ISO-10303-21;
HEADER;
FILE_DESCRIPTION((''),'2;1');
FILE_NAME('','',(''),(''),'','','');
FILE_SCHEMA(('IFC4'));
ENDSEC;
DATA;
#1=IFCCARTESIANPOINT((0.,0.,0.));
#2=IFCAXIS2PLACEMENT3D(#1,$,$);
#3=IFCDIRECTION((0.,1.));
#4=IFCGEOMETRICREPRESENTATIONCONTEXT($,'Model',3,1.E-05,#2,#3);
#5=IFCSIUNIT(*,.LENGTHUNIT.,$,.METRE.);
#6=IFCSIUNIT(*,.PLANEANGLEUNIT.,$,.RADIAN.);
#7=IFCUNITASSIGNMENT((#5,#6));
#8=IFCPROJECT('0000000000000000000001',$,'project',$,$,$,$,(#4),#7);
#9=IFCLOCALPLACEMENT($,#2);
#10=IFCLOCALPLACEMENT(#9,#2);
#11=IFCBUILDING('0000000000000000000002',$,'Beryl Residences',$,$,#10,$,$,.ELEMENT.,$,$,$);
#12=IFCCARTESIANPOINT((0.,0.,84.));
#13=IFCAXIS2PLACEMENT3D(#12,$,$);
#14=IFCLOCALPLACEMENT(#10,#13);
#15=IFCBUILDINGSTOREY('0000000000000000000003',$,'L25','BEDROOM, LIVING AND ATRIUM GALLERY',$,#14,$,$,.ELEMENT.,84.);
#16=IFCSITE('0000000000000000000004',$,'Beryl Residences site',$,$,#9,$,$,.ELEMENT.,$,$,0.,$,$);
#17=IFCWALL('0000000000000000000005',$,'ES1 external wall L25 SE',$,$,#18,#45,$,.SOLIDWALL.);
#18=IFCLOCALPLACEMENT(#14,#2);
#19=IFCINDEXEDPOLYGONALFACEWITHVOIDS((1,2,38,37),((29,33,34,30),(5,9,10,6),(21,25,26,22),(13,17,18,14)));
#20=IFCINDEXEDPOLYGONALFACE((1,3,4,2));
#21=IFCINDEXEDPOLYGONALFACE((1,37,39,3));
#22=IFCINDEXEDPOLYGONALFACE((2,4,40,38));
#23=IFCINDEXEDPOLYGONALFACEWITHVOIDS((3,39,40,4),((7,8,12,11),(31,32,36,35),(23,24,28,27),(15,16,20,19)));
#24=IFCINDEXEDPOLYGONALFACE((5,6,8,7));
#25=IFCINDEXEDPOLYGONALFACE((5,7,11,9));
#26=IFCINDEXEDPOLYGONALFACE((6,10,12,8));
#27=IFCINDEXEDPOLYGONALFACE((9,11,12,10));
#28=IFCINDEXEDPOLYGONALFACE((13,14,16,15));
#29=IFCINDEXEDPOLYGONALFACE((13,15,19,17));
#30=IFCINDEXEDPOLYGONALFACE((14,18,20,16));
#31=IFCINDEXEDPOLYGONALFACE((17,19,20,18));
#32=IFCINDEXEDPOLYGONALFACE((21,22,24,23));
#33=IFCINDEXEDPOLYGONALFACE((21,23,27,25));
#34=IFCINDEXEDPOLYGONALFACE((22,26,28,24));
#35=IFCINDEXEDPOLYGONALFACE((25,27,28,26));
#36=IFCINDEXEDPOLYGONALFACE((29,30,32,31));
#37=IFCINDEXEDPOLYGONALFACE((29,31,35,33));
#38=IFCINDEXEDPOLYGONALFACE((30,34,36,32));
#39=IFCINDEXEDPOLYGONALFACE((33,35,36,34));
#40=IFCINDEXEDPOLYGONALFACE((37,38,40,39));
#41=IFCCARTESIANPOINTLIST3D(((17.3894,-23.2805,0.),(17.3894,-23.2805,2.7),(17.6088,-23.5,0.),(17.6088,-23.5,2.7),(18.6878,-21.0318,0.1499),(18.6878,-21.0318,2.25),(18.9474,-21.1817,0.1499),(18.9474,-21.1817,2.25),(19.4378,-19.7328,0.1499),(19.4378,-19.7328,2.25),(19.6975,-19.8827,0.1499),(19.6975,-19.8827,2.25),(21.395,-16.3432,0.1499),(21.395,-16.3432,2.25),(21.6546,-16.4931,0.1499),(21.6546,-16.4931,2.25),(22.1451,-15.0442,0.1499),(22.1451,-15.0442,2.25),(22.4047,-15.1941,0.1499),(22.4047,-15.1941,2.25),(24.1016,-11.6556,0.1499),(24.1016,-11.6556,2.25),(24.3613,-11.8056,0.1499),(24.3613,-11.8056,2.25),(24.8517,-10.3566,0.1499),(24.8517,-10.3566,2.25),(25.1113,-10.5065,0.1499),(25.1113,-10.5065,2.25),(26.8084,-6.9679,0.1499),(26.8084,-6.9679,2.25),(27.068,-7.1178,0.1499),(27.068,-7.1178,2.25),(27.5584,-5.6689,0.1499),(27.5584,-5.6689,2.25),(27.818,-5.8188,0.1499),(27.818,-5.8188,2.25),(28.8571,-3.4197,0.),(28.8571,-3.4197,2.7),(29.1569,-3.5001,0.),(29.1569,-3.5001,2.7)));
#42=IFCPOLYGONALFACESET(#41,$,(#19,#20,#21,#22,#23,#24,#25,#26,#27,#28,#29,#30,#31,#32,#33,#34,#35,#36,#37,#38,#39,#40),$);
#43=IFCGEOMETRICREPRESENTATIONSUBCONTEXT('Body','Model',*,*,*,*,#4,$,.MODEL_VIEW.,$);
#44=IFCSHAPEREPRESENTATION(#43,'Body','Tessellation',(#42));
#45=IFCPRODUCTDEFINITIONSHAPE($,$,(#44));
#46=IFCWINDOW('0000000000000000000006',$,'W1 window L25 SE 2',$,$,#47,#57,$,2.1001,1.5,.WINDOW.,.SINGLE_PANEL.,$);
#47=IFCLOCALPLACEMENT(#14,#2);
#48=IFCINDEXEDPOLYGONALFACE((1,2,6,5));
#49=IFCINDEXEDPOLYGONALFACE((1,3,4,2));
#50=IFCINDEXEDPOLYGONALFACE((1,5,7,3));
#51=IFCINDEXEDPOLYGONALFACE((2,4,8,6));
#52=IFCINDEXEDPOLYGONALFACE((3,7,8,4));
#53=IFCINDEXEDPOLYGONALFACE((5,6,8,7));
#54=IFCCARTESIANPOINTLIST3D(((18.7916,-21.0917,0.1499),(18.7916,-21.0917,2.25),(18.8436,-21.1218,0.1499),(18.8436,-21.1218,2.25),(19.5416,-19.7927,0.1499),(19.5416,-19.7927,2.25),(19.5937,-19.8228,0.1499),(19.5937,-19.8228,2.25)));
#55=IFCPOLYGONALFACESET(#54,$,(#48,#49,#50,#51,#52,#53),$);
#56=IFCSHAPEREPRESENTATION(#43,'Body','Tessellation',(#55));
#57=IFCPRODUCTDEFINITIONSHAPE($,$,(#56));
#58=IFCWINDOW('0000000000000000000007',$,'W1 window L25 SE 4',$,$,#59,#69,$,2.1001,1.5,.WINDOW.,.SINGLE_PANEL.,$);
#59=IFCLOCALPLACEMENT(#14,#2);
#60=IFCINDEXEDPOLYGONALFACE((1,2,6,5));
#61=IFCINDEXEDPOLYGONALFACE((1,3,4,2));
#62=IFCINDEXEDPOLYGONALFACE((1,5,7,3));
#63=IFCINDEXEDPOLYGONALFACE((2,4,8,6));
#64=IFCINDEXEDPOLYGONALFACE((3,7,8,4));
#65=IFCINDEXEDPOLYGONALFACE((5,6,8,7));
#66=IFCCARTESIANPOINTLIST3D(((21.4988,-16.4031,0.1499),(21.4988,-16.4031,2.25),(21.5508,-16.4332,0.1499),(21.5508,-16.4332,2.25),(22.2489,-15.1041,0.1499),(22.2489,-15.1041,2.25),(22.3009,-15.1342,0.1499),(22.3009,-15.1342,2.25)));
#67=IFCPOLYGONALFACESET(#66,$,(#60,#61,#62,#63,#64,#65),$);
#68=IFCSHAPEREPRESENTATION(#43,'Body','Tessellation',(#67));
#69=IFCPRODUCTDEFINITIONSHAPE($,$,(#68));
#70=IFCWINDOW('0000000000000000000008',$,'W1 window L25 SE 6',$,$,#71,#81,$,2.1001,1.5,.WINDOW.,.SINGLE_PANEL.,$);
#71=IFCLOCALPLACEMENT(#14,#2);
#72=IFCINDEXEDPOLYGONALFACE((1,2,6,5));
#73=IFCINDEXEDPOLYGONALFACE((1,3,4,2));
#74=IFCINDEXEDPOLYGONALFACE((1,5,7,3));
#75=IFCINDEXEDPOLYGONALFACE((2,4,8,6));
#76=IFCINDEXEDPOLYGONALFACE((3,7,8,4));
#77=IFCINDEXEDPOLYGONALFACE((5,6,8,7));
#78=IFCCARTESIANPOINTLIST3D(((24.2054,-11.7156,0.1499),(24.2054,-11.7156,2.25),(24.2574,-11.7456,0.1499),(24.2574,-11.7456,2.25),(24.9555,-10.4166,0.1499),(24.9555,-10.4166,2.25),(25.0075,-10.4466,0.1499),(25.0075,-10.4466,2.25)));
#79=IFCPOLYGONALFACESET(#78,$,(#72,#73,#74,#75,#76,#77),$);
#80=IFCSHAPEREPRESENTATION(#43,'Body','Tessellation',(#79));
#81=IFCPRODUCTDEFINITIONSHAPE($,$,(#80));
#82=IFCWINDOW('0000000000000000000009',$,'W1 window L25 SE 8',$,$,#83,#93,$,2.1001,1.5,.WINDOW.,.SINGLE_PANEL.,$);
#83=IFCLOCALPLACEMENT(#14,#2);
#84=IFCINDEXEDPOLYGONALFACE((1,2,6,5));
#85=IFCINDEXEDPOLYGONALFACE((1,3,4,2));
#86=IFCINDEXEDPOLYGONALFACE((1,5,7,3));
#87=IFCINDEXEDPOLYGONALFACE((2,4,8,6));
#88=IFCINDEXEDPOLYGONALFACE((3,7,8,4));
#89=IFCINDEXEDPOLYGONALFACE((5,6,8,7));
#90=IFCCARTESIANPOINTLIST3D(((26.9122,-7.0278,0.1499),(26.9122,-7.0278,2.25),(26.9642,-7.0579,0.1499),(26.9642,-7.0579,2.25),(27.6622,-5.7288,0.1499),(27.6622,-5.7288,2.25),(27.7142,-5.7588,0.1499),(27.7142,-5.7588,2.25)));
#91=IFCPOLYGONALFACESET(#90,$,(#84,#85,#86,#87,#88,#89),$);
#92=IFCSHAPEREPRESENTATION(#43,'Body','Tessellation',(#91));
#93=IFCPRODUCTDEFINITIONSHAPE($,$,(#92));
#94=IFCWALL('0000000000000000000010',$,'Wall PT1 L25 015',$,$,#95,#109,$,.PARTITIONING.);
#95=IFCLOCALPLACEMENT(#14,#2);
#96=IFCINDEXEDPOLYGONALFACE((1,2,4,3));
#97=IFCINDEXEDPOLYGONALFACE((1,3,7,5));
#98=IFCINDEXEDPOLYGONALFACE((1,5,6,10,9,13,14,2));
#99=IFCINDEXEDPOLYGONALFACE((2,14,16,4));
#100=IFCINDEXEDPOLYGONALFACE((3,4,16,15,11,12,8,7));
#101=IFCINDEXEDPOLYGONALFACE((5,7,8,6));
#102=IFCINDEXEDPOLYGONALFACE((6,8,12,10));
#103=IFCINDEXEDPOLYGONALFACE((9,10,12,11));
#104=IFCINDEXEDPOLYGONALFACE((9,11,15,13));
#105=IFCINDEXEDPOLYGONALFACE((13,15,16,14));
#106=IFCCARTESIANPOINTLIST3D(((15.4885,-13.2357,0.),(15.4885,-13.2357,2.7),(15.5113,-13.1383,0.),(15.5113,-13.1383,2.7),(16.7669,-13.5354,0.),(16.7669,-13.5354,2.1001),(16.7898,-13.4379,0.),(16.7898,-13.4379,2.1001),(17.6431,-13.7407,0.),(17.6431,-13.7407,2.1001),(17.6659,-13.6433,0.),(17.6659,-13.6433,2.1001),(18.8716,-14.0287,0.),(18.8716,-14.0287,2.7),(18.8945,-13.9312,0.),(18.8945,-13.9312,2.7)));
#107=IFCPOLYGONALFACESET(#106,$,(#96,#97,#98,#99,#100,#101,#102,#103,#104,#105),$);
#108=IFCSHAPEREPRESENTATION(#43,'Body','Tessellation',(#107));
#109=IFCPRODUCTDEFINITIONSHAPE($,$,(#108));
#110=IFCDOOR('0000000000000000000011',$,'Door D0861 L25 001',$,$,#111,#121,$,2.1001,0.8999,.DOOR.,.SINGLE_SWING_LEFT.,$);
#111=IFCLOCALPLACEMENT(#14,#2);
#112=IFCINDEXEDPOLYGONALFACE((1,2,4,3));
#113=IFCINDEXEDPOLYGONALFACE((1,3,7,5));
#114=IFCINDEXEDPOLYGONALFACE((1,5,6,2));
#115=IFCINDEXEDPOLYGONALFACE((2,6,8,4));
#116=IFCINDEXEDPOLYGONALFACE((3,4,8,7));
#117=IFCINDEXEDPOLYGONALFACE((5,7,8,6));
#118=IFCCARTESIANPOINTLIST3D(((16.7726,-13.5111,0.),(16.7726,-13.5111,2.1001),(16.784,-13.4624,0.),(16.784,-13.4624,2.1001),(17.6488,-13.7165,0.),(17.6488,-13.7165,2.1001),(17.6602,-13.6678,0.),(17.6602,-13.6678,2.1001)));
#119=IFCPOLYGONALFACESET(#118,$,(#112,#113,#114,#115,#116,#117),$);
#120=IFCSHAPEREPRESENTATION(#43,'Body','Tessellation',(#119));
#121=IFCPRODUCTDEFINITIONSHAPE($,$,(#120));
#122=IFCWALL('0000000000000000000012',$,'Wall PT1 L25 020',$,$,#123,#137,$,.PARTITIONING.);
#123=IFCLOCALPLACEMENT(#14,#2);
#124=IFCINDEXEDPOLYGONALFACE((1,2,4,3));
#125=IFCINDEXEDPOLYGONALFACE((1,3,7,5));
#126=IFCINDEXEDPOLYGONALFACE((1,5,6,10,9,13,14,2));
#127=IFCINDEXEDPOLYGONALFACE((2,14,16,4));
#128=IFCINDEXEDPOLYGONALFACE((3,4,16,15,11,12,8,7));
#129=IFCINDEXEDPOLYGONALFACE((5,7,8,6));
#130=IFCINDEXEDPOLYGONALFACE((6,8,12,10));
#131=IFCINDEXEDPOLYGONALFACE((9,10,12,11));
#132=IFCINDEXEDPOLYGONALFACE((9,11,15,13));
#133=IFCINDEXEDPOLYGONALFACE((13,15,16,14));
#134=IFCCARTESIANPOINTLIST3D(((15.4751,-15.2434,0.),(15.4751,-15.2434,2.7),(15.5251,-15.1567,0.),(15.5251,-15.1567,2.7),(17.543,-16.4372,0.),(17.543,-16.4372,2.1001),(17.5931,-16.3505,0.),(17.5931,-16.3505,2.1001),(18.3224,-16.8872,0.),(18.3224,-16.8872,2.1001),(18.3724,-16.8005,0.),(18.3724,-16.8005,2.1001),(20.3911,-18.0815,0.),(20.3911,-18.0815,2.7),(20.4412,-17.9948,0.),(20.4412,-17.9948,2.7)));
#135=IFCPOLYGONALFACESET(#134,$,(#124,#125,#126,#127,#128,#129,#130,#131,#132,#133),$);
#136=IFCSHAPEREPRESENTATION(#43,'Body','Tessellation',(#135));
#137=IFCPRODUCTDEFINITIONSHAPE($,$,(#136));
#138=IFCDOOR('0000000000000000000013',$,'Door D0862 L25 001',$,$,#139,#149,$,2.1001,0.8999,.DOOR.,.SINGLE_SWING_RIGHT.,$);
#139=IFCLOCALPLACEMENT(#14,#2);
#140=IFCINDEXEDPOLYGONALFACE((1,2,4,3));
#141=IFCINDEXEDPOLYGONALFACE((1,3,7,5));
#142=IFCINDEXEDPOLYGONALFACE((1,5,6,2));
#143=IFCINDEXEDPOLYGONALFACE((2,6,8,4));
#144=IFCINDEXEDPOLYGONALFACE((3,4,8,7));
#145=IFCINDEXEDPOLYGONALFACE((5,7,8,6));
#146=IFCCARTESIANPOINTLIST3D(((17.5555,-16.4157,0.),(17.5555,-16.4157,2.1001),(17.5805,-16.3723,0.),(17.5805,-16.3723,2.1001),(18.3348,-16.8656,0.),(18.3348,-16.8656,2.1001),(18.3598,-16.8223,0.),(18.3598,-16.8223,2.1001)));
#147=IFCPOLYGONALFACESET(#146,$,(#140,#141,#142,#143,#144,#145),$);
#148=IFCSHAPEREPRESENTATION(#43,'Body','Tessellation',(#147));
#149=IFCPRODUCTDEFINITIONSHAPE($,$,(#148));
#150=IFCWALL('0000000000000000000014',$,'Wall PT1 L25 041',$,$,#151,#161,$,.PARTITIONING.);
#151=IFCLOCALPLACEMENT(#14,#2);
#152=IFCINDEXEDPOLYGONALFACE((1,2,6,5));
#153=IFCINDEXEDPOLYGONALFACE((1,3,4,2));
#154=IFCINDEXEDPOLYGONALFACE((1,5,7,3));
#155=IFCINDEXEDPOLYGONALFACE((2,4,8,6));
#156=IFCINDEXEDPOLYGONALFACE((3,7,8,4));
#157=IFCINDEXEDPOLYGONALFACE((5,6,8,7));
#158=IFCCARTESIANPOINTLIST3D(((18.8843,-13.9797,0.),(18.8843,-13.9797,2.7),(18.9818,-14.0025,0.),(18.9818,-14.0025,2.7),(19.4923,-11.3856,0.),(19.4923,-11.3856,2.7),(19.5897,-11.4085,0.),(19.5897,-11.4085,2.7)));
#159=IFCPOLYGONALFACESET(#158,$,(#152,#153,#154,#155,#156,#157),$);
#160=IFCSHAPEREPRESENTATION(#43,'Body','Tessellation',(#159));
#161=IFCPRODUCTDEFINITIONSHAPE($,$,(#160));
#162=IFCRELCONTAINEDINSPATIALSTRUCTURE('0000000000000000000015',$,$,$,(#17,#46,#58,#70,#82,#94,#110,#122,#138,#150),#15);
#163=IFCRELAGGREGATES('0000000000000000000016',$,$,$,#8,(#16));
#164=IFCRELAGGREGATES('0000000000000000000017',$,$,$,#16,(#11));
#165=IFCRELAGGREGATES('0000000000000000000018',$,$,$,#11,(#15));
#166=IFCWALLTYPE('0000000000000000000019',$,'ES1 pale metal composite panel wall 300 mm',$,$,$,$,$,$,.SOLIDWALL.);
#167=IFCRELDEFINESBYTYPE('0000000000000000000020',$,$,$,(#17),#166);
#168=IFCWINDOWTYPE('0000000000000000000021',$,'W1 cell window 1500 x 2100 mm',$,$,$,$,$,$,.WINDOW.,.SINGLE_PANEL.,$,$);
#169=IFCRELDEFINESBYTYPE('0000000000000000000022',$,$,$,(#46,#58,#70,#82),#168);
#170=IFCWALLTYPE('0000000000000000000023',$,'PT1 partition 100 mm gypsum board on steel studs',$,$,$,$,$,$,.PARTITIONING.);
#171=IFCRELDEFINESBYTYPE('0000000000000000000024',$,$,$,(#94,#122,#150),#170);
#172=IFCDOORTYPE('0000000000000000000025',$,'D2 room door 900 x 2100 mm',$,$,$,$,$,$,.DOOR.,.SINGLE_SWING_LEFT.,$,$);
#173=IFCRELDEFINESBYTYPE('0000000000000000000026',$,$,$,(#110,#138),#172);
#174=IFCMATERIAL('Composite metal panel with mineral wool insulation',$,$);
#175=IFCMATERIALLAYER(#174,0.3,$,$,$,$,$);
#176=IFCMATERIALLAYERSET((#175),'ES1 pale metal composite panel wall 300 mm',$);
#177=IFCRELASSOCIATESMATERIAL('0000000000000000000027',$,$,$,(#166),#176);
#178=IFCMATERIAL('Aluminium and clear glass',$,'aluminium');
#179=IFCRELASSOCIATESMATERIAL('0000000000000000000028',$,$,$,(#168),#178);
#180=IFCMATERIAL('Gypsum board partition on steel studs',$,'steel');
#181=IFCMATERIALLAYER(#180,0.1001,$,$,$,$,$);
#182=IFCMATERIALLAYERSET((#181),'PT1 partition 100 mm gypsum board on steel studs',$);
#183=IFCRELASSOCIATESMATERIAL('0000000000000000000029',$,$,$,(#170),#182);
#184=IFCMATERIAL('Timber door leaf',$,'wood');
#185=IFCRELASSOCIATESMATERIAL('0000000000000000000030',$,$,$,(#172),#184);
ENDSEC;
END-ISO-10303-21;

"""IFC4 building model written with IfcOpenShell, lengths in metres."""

from ifc_helpers import new_model, si_unit, direction, frame, frame_2d, origin, place, context, subcontext, project, spatial, polyline, rectangle, outline, extrude, material, layer, layer_set, type_object, element, fill, save


model = new_model("IFC4")

# Units and contexts
model_context = context("Model", 3, precision=1e-05, world=origin(), true_north=direction((0.0, 1.0)))
body_context = subcontext(model_context, "Body", "Model", "MODEL_VIEW")
ifc_project = project(units=[si_unit("LENGTHUNIT", "METRE"), si_unit("PLANEANGLEUNIT", "RADIAN")], contexts=[model_context])

# Site, building, storey
site_placement = place(None, origin())
site = spatial("IfcSite", under=ifc_project, at=site_placement, Name="Beryl Residences site", CompositionType="ELEMENT", RefElevation=0.0)
building_placement = place(site_placement, origin())
building = spatial("IfcBuilding", under=site, at=building_placement, Name="Beryl Residences", CompositionType="ELEMENT")
storey_placement = place(building_placement, frame((0.0, 0.0, 84.0)))
storey = spatial("IfcBuildingStorey", under=building, at=storey_placement, Name="L25", Description="BEDROOM, LIVING AND ATRIUM GALLERY", CompositionType="ELEMENT", Elevation=84.0)

# Shared definitions
ifc_material_1 = material(Name="Composite metal panel with mineral wool insulation")
ifc_layer_1 = layer(ifc_material_1, 0.3)
ifc_layer_set_1 = layer_set([ifc_layer_1], Name="ES1 pale metal composite panel wall 300 mm")
wall_type_1 = type_object("IfcWallType", Name="ES1 pale metal composite panel wall 300 mm", PredefinedType="SOLIDWALL", material=ifc_layer_set_1)

# Wall, openings, windows
wall_1_placement = place(storey_placement, frame((17.479, -23.425, 0.0), z_axis=(0.0, 0.0, 1.0), x_axis=(0.500035, 0.866005, 0.0)))
wall_1 = element("IfcWall", 1, at=wall_1_placement, inside=storey, type_object=wall_type_1, Name="ES1 external wall L25 SE", PredefinedType="SOLIDWALL", context=body_context, shape_type="SweptSolid", body=[
    extrude(outline(polyline([(0.0, -0.1499), (23.0945, -0.1499), (23.0142, 0.1499), (0.0803, 0.1499), (0.0, -0.1499)])), origin(), (0.0, 0.0, 1.0), 2.7),
])
opening_1_placement = place(wall_1_placement, frame((2.677, 0.0, 0.1499)))
opening_1 = element("IfcOpeningElement", 2, at=opening_1_placement, cuts=wall_1, PredefinedType="OPENING", context=body_context, shape_type="SweptSolid", body=[
    extrude(rectangle(XDim=1.5, YDim=2.1001, at=frame_2d((0.75, 1.05))), frame((0.0, 0.1599, 0.0), z_axis=(0.0, -1.0, 0.0), x_axis=(1.0, 0.0, 0.0)), (0.0, 0.0, 1.0), 0.3201),
])
opening_2_placement = place(wall_1_placement, frame((8.0911, 0.0, 0.1499)))
opening_2 = element("IfcOpeningElement", 3, at=opening_2_placement, cuts=wall_1, PredefinedType="OPENING", context=body_context, shape_type="SweptSolid", body=[
    extrude(rectangle(XDim=1.5, YDim=2.1001, at=frame_2d((0.75, 1.05))), frame((0.0, 0.1599, 0.0), z_axis=(0.0, -1.0, 0.0), x_axis=(1.0, 0.0, 0.0)), (0.0, 0.0, 1.0), 0.3201),
])
opening_3_placement = place(wall_1_placement, frame((13.5039, 0.0, 0.1499)))
opening_3 = element("IfcOpeningElement", 4, at=opening_3_placement, cuts=wall_1, PredefinedType="OPENING", context=body_context, shape_type="SweptSolid", body=[
    extrude(rectangle(XDim=1.5, YDim=2.1001, at=frame_2d((0.75, 1.05))), frame((0.0, 0.1599, 0.0), z_axis=(0.0, -1.0, 0.0), x_axis=(1.0, 0.0, 0.0)), (0.0, 0.0, 1.0), 0.3201),
])
opening_4_placement = place(wall_1_placement, frame((18.917, 0.0, 0.1499)))
opening_4 = element("IfcOpeningElement", 5, at=opening_4_placement, cuts=wall_1, PredefinedType="OPENING", context=body_context, shape_type="SweptSolid", body=[
    extrude(rectangle(XDim=1.5, YDim=2.1001, at=frame_2d((0.75, 1.05))), frame((0.0, 0.1599, 0.0), z_axis=(0.0, -1.0, 0.0), x_axis=(1.0, 0.0, 0.0)), (0.0, 0.0, 1.0), 0.3201),
])
ifc_material_2 = material(Name="Aluminium and clear glass", Category="aluminium")
window_type_1 = type_object("IfcWindowType", Name="W1 cell window 1500 x 2100 mm", PartitioningType="SINGLE_PANEL", PredefinedType="WINDOW", material=ifc_material_2)
window_1_placement = place(opening_1_placement, origin())
window_1 = element("IfcWindow", 6, at=window_1_placement, inside=storey, type_object=window_type_1, Name="W1 window L25 SE 2", OverallHeight=2.1001, OverallWidth=1.5, PartitioningType="SINGLE_PANEL", PredefinedType="WINDOW", context=body_context, shape_type="SweptSolid", body=[
    extrude(rectangle(XDim=1.5, YDim=2.1001, at=frame_2d((0.75, 1.05))), frame((0.0, 0.03, 0.0), z_axis=(0.0, -1.0, 0.0), x_axis=(1.0, 0.0, 0.0)), (0.0, 0.0, 1.0), 0.0601),
])
fill(opening_1, window_1)
window_2_placement = place(opening_2_placement, origin())
window_2 = element("IfcWindow", 7, at=window_2_placement, inside=storey, type_object=window_type_1, Name="W1 window L25 SE 4", OverallHeight=2.1001, OverallWidth=1.5, PartitioningType="SINGLE_PANEL", PredefinedType="WINDOW", context=body_context, shape_type="SweptSolid", body=[
    extrude(rectangle(XDim=1.5, YDim=2.1001, at=frame_2d((0.75, 1.05))), frame((0.0, 0.03, 0.0), z_axis=(0.0, -1.0, 0.0), x_axis=(1.0, 0.0, 0.0)), (0.0, 0.0, 1.0), 0.0601),
])
fill(opening_2, window_2)
window_3_placement = place(opening_3_placement, origin())
window_3 = element("IfcWindow", 8, at=window_3_placement, inside=storey, type_object=window_type_1, Name="W1 window L25 SE 6", OverallHeight=2.1001, OverallWidth=1.5, PartitioningType="SINGLE_PANEL", PredefinedType="WINDOW", context=body_context, shape_type="SweptSolid", body=[
    extrude(rectangle(XDim=1.5, YDim=2.1001, at=frame_2d((0.75, 1.05))), frame((0.0, 0.03, 0.0), z_axis=(0.0, -1.0, 0.0), x_axis=(1.0, 0.0, 0.0)), (0.0, 0.0, 1.0), 0.0601),
])
fill(opening_3, window_3)
window_4_placement = place(opening_4_placement, origin())
window_4 = element("IfcWindow", 9, at=window_4_placement, inside=storey, type_object=window_type_1, Name="W1 window L25 SE 8", OverallHeight=2.1001, OverallWidth=1.5, PartitioningType="SINGLE_PANEL", PredefinedType="WINDOW", context=body_context, shape_type="SweptSolid", body=[
    extrude(rectangle(XDim=1.5, YDim=2.1001, at=frame_2d((0.75, 1.05))), frame((0.0, 0.03, 0.0), z_axis=(0.0, -1.0, 0.0), x_axis=(1.0, 0.0, 0.0)), (0.0, 0.0, 1.0), 0.0601),
])
fill(opening_4, window_4)

# Walls, openings, doors
ifc_material_3 = material(Name="Gypsum board partition on steel studs", Category="steel")
ifc_layer_2 = layer(ifc_material_3, 0.1001)
ifc_layer_set_2 = layer_set([ifc_layer_2], Name="PT1 partition 100 mm gypsum board on steel studs")
wall_type_2 = type_object("IfcWallType", Name="PT1 partition 100 mm gypsum board on steel studs", PredefinedType="PARTITIONING", material=ifc_layer_set_2)
wall_2_placement = place(storey_placement, frame((15.5, -13.187, 0.0), z_axis=(0.0, 0.0, 1.0), x_axis=(0.973612, -0.228209, 0.0)))
wall_2 = element("IfcWall", 10, at=wall_2_placement, inside=storey, type_object=wall_type_2, Name="Wall PT1 L25 015", PredefinedType="PARTITIONING", context=body_context, shape_type="SweptSolid", body=[
    extrude(rectangle(XDim=3.4749, YDim=0.1001, at=frame_2d((1.7373, 0.0))), origin(), (0.0, 0.0, 1.0), 2.7),
])
opening_5_placement = place(wall_2_placement, frame((1.313, 0.0, 0.0)))
opening_5 = element("IfcOpeningElement", 11, at=opening_5_placement, cuts=wall_2, PredefinedType="OPENING", context=body_context, shape_type="SweptSolid", body=[
    extrude(rectangle(XDim=0.8999, YDim=2.1001, at=frame_2d((0.45, 1.05))), frame((0.0, 0.0601, 0.0), z_axis=(0.0, -1.0, 0.0), x_axis=(1.0, 0.0, 0.0)), (0.0, 0.0, 1.0), 0.1201),
])
ifc_material_4 = material(Name="Timber door leaf", Category="wood")
door_type_1 = type_object("IfcDoorType", Name="D2 room door 900 x 2100 mm", OperationType="SINGLE_SWING_LEFT", PredefinedType="DOOR", material=ifc_material_4)
door_1_placement = place(opening_5_placement, origin())
door_1 = element("IfcDoor", 12, at=door_1_placement, inside=storey, type_object=door_type_1, Name="Door D0861 L25 001", OperationType="SINGLE_SWING_LEFT", OverallHeight=2.1001, OverallWidth=0.8999, PredefinedType="DOOR", context=body_context, shape_type="SweptSolid", body=[
    extrude(rectangle(XDim=0.8999, YDim=2.1001, at=frame_2d((0.45, 1.05))), frame((0.0, 0.0249, 0.0), z_axis=(0.0, -1.0, 0.0), x_axis=(1.0, 0.0, 0.0)), (0.0, 0.0, 1.0), 0.05),
])
fill(opening_5, door_1)
wall_3_placement = place(storey_placement, frame((15.5, -15.2, 0.0), z_axis=(0.0, 0.0, 1.0), x_axis=(0.866035, -0.499983, 0.0)))
wall_3 = element("IfcWall", 13, at=wall_3_placement, inside=storey, type_object=wall_type_2, Name="Wall PT1 L25 020", PredefinedType="PARTITIONING", context=body_context, shape_type="SweptSolid", body=[
    extrude(rectangle(XDim=5.6765, YDim=0.1001, at=frame_2d((2.8384, 0.0))), origin(), (0.0, 0.0, 1.0), 2.7),
])
opening_6_placement = place(wall_3_placement, frame((2.3879, 0.0, 0.0)))
opening_6 = element("IfcOpeningElement", 14, at=opening_6_placement, cuts=wall_3, PredefinedType="OPENING", context=body_context, shape_type="SweptSolid", body=[
    extrude(rectangle(XDim=0.8999, YDim=2.1001, at=frame_2d((0.45, 1.05))), frame((0.0, 0.0601, 0.0), z_axis=(0.0, -1.0, 0.0), x_axis=(1.0, 0.0, 0.0)), (0.0, 0.0, 1.0), 0.1201),
])
door_2_placement = place(opening_6_placement, origin())
door_2 = element("IfcDoor", 15, at=door_2_placement, inside=storey, type_object=door_type_1, Name="Door D0862 L25 001", OperationType="SINGLE_SWING_RIGHT", OverallHeight=2.1001, OverallWidth=0.8999, PredefinedType="DOOR", context=body_context, shape_type="SweptSolid", body=[
    extrude(rectangle(XDim=0.8999, YDim=2.1001, at=frame_2d((0.45, 1.05))), frame((0.0, 0.0249, 0.0), z_axis=(0.0, -1.0, 0.0), x_axis=(1.0, 0.0, 0.0)), (0.0, 0.0, 1.0), 0.05),
])
fill(opening_6, door_2)

# Wall
wall_4_placement = place(storey_placement, frame((18.9331, -13.991, 0.0), z_axis=(0.0, 0.0, 1.0), x_axis=(0.228171, 0.973621, 0.0)))
element("IfcWall", 16, at=wall_4_placement, inside=storey, type_object=wall_type_2, Name="Wall PT1 L25 041", PredefinedType="PARTITIONING", context=body_context, shape_type="SweptSolid", body=[
    extrude(rectangle(XDim=2.6643, YDim=0.1001, at=frame_2d((1.332, 0.0))), origin(), (0.0, 0.0, 1.0), 2.7),
])

save(model, "model.ifc")
